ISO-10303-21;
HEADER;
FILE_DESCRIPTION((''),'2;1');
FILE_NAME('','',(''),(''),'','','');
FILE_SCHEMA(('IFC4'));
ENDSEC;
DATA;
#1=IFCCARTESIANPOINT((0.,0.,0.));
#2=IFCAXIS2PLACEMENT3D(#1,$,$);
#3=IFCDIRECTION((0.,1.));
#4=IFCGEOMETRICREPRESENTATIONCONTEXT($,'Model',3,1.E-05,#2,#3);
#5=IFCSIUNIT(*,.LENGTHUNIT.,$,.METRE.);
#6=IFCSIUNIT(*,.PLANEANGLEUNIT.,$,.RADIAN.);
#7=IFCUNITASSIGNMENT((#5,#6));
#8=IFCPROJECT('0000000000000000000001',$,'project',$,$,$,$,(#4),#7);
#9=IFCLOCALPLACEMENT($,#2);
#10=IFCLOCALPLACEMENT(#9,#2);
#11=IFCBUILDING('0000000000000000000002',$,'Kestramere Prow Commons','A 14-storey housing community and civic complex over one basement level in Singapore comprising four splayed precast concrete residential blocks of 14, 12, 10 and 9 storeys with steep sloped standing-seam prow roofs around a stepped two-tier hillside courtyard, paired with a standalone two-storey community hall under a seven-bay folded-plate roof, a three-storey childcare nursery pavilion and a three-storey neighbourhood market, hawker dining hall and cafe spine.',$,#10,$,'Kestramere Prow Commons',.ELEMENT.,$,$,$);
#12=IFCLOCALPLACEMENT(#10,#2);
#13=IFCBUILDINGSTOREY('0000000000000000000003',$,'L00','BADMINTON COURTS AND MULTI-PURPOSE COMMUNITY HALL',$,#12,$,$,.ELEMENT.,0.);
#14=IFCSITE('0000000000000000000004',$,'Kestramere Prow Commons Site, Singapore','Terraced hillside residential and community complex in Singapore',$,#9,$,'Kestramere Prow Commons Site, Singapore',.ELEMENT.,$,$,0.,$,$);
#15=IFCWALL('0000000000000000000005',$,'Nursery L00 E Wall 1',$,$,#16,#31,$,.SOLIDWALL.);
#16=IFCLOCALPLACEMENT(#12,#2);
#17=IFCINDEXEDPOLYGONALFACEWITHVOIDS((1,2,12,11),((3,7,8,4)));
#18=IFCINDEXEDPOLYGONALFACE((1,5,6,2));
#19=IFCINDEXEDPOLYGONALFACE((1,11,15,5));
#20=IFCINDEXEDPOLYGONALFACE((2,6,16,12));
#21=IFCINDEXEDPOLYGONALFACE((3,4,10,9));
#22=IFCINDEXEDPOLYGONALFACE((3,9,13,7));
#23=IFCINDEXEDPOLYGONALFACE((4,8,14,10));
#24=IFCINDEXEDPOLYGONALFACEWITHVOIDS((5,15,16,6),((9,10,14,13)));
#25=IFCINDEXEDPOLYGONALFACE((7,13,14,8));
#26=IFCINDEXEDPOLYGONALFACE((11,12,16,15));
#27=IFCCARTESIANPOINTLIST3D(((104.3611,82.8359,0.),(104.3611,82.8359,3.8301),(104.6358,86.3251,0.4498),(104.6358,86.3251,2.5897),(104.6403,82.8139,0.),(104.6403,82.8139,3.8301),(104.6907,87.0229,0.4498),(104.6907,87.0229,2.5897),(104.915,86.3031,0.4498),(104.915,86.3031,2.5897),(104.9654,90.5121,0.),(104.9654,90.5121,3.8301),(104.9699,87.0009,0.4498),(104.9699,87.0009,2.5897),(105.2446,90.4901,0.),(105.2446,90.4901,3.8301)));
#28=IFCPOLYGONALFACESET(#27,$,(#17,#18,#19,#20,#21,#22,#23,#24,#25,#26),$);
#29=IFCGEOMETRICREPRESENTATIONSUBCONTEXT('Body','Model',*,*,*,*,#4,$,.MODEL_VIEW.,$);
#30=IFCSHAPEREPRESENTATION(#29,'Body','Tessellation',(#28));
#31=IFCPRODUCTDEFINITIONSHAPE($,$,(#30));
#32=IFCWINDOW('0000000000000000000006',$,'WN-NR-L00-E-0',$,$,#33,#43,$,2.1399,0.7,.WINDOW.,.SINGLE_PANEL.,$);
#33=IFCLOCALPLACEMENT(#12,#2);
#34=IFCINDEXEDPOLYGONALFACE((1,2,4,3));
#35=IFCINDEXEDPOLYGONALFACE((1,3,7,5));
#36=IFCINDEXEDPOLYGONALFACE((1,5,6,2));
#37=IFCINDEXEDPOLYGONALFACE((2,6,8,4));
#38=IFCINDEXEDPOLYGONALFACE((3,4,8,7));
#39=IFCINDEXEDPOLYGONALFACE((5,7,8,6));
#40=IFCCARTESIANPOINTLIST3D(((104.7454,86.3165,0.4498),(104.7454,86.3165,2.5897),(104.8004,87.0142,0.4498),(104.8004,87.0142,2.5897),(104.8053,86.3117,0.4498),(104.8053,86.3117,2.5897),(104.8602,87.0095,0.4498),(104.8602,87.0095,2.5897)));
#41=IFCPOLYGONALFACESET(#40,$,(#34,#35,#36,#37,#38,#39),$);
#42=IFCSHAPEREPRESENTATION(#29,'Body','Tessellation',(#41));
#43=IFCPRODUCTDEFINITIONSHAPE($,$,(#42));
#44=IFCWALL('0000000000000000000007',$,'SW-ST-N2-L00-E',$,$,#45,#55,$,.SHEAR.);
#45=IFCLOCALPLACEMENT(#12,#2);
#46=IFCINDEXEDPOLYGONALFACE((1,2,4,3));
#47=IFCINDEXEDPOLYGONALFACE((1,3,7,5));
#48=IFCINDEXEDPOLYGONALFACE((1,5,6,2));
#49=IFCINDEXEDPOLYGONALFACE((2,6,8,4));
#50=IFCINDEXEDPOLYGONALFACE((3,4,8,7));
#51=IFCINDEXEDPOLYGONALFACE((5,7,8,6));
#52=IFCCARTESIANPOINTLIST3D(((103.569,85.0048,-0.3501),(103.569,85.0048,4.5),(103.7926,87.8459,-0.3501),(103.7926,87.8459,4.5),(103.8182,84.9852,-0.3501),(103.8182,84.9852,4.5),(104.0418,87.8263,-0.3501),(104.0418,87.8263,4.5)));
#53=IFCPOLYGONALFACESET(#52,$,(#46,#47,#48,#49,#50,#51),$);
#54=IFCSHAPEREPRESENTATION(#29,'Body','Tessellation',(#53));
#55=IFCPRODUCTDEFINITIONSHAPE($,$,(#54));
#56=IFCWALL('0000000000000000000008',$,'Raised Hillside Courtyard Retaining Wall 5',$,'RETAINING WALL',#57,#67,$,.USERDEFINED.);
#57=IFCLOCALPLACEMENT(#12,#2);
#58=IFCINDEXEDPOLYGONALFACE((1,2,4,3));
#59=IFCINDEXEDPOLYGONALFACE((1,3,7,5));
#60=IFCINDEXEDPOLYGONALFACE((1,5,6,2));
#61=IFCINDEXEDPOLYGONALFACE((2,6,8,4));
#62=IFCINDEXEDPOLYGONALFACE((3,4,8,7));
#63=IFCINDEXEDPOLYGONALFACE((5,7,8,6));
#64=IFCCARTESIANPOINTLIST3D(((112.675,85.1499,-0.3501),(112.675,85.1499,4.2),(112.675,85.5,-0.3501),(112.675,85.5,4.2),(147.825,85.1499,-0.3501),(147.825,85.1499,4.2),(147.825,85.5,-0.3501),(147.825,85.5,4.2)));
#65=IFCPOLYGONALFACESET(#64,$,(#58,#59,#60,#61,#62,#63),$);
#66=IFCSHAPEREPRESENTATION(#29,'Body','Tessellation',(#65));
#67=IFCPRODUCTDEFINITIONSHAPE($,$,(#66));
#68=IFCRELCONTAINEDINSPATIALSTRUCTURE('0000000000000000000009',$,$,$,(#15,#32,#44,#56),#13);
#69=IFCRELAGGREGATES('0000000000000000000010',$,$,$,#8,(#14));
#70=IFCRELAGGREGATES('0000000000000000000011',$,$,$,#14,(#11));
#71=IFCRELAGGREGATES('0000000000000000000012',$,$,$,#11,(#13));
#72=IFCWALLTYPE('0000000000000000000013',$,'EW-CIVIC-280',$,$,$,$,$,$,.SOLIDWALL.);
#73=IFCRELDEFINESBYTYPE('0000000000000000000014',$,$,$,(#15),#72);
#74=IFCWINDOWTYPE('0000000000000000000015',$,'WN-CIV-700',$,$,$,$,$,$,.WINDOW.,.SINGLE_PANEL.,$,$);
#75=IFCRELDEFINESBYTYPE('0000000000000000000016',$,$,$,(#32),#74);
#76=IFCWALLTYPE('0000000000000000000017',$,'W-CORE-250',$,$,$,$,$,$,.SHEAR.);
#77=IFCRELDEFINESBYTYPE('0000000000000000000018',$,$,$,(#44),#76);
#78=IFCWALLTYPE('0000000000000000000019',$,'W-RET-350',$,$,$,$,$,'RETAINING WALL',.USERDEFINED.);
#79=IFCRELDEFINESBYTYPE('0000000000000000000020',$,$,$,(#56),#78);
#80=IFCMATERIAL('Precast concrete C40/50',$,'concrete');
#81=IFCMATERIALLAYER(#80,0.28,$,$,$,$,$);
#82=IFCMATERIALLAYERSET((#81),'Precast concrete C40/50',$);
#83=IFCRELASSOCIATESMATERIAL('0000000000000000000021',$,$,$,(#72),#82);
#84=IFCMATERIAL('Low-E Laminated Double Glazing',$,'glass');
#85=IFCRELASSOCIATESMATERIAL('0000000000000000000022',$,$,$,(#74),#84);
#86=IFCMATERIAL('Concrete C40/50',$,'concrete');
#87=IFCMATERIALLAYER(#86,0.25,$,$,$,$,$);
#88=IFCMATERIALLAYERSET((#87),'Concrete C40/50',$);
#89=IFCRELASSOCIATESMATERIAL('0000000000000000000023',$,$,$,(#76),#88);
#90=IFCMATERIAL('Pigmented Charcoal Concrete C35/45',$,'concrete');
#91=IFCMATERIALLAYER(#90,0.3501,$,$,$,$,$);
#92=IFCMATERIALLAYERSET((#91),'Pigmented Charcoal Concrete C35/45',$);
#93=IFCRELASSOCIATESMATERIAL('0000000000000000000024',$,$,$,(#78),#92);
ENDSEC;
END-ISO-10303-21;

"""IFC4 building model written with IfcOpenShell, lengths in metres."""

from ifc_helpers import new_model, si_unit, direction, frame, frame_2d, origin, place, context, subcontext, project, spatial, rectangle, extrude, material, layer, layer_set, type_object, element, fill, save


model = new_model("IFC4")

# Units and contexts
model_context = context("Model", 3, precision=1e-05, world=origin(), true_north=direction((0.0, 1.0)))
body_context = subcontext(model_context, "Body", "Model", "MODEL_VIEW")
ifc_project = project(units=[si_unit("LENGTHUNIT", "METRE"), si_unit("PLANEANGLEUNIT", "RADIAN")], contexts=[model_context])

# Site, building, storey
site_placement = place(None, origin())
site = spatial("IfcSite", under=ifc_project, at=site_placement, Name="Kestramere Prow Commons Site, Singapore", Description="Terraced hillside residential and community complex in Singapore", LongName="Kestramere Prow Commons Site, Singapore", CompositionType="ELEMENT", RefElevation=0.0)
building_placement = place(site_placement, origin())
building = spatial("IfcBuilding", under=site, at=building_placement, Name="Kestramere Prow Commons", Description="A 14-storey housing community and civic complex over one basement level in Singapore comprising four splayed precast concrete residential blocks of 14, 12, 10 and 9 storeys with steep sloped standing-seam prow roofs around a stepped two-tier hillside courtyard, paired with a standalone two-storey community hall under a seven-bay folded-plate roof, a three-storey childcare nursery pavilion and a three-storey neighbourhood market, hawker dining hall and cafe spine.", LongName="Kestramere Prow Commons", CompositionType="ELEMENT")
storey_placement = place(building_placement, origin())
storey = spatial("IfcBuildingStorey", under=building, at=storey_placement, Name="L00", Description="BADMINTON COURTS AND MULTI-PURPOSE COMMUNITY HALL", CompositionType="ELEMENT", Elevation=0.0)

# Shared definitions
ifc_material_1 = material(Name="Precast concrete C40/50", Category="concrete")

# Shared definitions
ifc_material_2 = material(Name="Concrete C40/50", Category="concrete")

# Shared definitions
ifc_material_3 = material(Name="Low-E Laminated Double Glazing", Category="glass")

# Wall, opening, window
ifc_layer_1 = layer(ifc_material_1, 0.28)
ifc_layer_set_1 = layer_set([ifc_layer_1], Name="Precast concrete C40/50")
wall_type_1 = type_object("IfcWallType", Name="EW-CIVIC-280", PredefinedType="SOLIDWALL", material=ifc_layer_set_1)
wall_1_placement = place(storey_placement, frame((105.105, 90.5012, 0.0), z_axis=(0.0, 0.0, 1.0), x_axis=(-0.078474, -0.996916, 0.0)))
wall_1 = element("IfcWall", 1, at=wall_1_placement, inside=storey, type_object=wall_type_1, Name="Nursery L00 E Wall 1", PredefinedType="SOLIDWALL", context=body_context, shape_type="SweptSolid", body=[
    extrude(rectangle(XDim=7.7, YDim=0.28, at=frame_2d((3.8501, 0.0))), origin(), (0.0, 0.0, 1.0), 3.8301),
])
opening_placement = place(wall_1_placement, frame((3.5, 0.0, 0.45)))
opening = element("IfcOpeningElement", 2, at=opening_placement, cuts=wall_1, PredefinedType="OPENING", context=body_context, shape_type="SweptSolid", body=[
    extrude(rectangle(XDim=0.7, YDim=2.1399, at=frame_2d((0.3501, 1.0698))), frame((0.0, 0.155, 0.0), z_axis=(0.0, -1.0, 0.0), x_axis=(1.0, 0.0, 0.0)), (0.0, 0.0, 1.0), 0.3101),
])
window_type = type_object("IfcWindowType", Name="WN-CIV-700", PartitioningType="SINGLE_PANEL", PredefinedType="WINDOW", material=ifc_material_3)
window_placement = place(opening_placement, origin())
window = element("IfcWindow", 3, at=window_placement, inside=storey, type_object=window_type, Name="WN-NR-L00-E-0", OverallHeight=2.1399, OverallWidth=0.7, PartitioningType="SINGLE_PANEL", PredefinedType="WINDOW", context=body_context, shape_type="SweptSolid", body=[
    extrude(rectangle(XDim=0.7, YDim=2.1399, at=frame_2d((0.3501, 1.0698))), frame((0.0, 0.03, 0.0), z_axis=(0.0, -1.0, 0.0), x_axis=(1.0, 0.0, 0.0)), (0.0, 0.0, 1.0), 0.0601),
])
fill(opening, window)

# Walls
ifc_layer_2 = layer(ifc_material_2, 0.25)
ifc_layer_set_2 = layer_set([ifc_layer_2], Name="Concrete C40/50")
wall_type_2 = type_object("IfcWallType", Name="W-CORE-250", PredefinedType="SHEAR", material=ifc_layer_set_2)
wall_2_placement = place(storey_placement, frame((103.6936, 84.9951, -0.3501), z_axis=(0.0, 0.0, 1.0), x_axis=(0.078472, 0.996916, 0.0)))
element("IfcWall", 4, at=wall_2_placement, inside=storey, type_object=wall_type_2, Name="SW-ST-N2-L00-E", PredefinedType="SHEAR", context=body_context, shape_type="SweptSolid", body=[
    extrude(rectangle(XDim=2.8499, YDim=0.25, at=frame_2d((1.4248, 0.0))), origin(), (0.0, 0.0, 1.0), 4.8501),
])
ifc_material_4 = material(Name="Pigmented Charcoal Concrete C35/45", Category="concrete")
ifc_layer_3 = layer(ifc_material_4, 0.3501)
ifc_layer_set_3 = layer_set([ifc_layer_3], Name="Pigmented Charcoal Concrete C35/45")
wall_type_3 = type_object("IfcWallType", Name="W-RET-350", ElementType="RETAINING WALL", PredefinedType="USERDEFINED", material=ifc_layer_set_3)
wall_3_placement = place(storey_placement, frame((112.675, 85.325, -0.3501), z_axis=(0.0, 0.0, 1.0), x_axis=(1.0, 0.0, 0.0)))
element("IfcWall", 5, at=wall_3_placement, inside=storey, type_object=wall_type_3, Name="Raised Hillside Courtyard Retaining Wall 5", ObjectType="RETAINING WALL", PredefinedType="USERDEFINED", context=body_context, shape_type="SweptSolid", body=[
    extrude(rectangle(XDim=35.1499, YDim=0.3501, at=frame_2d((17.575, 0.0))), origin(), (0.0, 0.0, 1.0), 4.55),
])

save(model, "model.ifc")
